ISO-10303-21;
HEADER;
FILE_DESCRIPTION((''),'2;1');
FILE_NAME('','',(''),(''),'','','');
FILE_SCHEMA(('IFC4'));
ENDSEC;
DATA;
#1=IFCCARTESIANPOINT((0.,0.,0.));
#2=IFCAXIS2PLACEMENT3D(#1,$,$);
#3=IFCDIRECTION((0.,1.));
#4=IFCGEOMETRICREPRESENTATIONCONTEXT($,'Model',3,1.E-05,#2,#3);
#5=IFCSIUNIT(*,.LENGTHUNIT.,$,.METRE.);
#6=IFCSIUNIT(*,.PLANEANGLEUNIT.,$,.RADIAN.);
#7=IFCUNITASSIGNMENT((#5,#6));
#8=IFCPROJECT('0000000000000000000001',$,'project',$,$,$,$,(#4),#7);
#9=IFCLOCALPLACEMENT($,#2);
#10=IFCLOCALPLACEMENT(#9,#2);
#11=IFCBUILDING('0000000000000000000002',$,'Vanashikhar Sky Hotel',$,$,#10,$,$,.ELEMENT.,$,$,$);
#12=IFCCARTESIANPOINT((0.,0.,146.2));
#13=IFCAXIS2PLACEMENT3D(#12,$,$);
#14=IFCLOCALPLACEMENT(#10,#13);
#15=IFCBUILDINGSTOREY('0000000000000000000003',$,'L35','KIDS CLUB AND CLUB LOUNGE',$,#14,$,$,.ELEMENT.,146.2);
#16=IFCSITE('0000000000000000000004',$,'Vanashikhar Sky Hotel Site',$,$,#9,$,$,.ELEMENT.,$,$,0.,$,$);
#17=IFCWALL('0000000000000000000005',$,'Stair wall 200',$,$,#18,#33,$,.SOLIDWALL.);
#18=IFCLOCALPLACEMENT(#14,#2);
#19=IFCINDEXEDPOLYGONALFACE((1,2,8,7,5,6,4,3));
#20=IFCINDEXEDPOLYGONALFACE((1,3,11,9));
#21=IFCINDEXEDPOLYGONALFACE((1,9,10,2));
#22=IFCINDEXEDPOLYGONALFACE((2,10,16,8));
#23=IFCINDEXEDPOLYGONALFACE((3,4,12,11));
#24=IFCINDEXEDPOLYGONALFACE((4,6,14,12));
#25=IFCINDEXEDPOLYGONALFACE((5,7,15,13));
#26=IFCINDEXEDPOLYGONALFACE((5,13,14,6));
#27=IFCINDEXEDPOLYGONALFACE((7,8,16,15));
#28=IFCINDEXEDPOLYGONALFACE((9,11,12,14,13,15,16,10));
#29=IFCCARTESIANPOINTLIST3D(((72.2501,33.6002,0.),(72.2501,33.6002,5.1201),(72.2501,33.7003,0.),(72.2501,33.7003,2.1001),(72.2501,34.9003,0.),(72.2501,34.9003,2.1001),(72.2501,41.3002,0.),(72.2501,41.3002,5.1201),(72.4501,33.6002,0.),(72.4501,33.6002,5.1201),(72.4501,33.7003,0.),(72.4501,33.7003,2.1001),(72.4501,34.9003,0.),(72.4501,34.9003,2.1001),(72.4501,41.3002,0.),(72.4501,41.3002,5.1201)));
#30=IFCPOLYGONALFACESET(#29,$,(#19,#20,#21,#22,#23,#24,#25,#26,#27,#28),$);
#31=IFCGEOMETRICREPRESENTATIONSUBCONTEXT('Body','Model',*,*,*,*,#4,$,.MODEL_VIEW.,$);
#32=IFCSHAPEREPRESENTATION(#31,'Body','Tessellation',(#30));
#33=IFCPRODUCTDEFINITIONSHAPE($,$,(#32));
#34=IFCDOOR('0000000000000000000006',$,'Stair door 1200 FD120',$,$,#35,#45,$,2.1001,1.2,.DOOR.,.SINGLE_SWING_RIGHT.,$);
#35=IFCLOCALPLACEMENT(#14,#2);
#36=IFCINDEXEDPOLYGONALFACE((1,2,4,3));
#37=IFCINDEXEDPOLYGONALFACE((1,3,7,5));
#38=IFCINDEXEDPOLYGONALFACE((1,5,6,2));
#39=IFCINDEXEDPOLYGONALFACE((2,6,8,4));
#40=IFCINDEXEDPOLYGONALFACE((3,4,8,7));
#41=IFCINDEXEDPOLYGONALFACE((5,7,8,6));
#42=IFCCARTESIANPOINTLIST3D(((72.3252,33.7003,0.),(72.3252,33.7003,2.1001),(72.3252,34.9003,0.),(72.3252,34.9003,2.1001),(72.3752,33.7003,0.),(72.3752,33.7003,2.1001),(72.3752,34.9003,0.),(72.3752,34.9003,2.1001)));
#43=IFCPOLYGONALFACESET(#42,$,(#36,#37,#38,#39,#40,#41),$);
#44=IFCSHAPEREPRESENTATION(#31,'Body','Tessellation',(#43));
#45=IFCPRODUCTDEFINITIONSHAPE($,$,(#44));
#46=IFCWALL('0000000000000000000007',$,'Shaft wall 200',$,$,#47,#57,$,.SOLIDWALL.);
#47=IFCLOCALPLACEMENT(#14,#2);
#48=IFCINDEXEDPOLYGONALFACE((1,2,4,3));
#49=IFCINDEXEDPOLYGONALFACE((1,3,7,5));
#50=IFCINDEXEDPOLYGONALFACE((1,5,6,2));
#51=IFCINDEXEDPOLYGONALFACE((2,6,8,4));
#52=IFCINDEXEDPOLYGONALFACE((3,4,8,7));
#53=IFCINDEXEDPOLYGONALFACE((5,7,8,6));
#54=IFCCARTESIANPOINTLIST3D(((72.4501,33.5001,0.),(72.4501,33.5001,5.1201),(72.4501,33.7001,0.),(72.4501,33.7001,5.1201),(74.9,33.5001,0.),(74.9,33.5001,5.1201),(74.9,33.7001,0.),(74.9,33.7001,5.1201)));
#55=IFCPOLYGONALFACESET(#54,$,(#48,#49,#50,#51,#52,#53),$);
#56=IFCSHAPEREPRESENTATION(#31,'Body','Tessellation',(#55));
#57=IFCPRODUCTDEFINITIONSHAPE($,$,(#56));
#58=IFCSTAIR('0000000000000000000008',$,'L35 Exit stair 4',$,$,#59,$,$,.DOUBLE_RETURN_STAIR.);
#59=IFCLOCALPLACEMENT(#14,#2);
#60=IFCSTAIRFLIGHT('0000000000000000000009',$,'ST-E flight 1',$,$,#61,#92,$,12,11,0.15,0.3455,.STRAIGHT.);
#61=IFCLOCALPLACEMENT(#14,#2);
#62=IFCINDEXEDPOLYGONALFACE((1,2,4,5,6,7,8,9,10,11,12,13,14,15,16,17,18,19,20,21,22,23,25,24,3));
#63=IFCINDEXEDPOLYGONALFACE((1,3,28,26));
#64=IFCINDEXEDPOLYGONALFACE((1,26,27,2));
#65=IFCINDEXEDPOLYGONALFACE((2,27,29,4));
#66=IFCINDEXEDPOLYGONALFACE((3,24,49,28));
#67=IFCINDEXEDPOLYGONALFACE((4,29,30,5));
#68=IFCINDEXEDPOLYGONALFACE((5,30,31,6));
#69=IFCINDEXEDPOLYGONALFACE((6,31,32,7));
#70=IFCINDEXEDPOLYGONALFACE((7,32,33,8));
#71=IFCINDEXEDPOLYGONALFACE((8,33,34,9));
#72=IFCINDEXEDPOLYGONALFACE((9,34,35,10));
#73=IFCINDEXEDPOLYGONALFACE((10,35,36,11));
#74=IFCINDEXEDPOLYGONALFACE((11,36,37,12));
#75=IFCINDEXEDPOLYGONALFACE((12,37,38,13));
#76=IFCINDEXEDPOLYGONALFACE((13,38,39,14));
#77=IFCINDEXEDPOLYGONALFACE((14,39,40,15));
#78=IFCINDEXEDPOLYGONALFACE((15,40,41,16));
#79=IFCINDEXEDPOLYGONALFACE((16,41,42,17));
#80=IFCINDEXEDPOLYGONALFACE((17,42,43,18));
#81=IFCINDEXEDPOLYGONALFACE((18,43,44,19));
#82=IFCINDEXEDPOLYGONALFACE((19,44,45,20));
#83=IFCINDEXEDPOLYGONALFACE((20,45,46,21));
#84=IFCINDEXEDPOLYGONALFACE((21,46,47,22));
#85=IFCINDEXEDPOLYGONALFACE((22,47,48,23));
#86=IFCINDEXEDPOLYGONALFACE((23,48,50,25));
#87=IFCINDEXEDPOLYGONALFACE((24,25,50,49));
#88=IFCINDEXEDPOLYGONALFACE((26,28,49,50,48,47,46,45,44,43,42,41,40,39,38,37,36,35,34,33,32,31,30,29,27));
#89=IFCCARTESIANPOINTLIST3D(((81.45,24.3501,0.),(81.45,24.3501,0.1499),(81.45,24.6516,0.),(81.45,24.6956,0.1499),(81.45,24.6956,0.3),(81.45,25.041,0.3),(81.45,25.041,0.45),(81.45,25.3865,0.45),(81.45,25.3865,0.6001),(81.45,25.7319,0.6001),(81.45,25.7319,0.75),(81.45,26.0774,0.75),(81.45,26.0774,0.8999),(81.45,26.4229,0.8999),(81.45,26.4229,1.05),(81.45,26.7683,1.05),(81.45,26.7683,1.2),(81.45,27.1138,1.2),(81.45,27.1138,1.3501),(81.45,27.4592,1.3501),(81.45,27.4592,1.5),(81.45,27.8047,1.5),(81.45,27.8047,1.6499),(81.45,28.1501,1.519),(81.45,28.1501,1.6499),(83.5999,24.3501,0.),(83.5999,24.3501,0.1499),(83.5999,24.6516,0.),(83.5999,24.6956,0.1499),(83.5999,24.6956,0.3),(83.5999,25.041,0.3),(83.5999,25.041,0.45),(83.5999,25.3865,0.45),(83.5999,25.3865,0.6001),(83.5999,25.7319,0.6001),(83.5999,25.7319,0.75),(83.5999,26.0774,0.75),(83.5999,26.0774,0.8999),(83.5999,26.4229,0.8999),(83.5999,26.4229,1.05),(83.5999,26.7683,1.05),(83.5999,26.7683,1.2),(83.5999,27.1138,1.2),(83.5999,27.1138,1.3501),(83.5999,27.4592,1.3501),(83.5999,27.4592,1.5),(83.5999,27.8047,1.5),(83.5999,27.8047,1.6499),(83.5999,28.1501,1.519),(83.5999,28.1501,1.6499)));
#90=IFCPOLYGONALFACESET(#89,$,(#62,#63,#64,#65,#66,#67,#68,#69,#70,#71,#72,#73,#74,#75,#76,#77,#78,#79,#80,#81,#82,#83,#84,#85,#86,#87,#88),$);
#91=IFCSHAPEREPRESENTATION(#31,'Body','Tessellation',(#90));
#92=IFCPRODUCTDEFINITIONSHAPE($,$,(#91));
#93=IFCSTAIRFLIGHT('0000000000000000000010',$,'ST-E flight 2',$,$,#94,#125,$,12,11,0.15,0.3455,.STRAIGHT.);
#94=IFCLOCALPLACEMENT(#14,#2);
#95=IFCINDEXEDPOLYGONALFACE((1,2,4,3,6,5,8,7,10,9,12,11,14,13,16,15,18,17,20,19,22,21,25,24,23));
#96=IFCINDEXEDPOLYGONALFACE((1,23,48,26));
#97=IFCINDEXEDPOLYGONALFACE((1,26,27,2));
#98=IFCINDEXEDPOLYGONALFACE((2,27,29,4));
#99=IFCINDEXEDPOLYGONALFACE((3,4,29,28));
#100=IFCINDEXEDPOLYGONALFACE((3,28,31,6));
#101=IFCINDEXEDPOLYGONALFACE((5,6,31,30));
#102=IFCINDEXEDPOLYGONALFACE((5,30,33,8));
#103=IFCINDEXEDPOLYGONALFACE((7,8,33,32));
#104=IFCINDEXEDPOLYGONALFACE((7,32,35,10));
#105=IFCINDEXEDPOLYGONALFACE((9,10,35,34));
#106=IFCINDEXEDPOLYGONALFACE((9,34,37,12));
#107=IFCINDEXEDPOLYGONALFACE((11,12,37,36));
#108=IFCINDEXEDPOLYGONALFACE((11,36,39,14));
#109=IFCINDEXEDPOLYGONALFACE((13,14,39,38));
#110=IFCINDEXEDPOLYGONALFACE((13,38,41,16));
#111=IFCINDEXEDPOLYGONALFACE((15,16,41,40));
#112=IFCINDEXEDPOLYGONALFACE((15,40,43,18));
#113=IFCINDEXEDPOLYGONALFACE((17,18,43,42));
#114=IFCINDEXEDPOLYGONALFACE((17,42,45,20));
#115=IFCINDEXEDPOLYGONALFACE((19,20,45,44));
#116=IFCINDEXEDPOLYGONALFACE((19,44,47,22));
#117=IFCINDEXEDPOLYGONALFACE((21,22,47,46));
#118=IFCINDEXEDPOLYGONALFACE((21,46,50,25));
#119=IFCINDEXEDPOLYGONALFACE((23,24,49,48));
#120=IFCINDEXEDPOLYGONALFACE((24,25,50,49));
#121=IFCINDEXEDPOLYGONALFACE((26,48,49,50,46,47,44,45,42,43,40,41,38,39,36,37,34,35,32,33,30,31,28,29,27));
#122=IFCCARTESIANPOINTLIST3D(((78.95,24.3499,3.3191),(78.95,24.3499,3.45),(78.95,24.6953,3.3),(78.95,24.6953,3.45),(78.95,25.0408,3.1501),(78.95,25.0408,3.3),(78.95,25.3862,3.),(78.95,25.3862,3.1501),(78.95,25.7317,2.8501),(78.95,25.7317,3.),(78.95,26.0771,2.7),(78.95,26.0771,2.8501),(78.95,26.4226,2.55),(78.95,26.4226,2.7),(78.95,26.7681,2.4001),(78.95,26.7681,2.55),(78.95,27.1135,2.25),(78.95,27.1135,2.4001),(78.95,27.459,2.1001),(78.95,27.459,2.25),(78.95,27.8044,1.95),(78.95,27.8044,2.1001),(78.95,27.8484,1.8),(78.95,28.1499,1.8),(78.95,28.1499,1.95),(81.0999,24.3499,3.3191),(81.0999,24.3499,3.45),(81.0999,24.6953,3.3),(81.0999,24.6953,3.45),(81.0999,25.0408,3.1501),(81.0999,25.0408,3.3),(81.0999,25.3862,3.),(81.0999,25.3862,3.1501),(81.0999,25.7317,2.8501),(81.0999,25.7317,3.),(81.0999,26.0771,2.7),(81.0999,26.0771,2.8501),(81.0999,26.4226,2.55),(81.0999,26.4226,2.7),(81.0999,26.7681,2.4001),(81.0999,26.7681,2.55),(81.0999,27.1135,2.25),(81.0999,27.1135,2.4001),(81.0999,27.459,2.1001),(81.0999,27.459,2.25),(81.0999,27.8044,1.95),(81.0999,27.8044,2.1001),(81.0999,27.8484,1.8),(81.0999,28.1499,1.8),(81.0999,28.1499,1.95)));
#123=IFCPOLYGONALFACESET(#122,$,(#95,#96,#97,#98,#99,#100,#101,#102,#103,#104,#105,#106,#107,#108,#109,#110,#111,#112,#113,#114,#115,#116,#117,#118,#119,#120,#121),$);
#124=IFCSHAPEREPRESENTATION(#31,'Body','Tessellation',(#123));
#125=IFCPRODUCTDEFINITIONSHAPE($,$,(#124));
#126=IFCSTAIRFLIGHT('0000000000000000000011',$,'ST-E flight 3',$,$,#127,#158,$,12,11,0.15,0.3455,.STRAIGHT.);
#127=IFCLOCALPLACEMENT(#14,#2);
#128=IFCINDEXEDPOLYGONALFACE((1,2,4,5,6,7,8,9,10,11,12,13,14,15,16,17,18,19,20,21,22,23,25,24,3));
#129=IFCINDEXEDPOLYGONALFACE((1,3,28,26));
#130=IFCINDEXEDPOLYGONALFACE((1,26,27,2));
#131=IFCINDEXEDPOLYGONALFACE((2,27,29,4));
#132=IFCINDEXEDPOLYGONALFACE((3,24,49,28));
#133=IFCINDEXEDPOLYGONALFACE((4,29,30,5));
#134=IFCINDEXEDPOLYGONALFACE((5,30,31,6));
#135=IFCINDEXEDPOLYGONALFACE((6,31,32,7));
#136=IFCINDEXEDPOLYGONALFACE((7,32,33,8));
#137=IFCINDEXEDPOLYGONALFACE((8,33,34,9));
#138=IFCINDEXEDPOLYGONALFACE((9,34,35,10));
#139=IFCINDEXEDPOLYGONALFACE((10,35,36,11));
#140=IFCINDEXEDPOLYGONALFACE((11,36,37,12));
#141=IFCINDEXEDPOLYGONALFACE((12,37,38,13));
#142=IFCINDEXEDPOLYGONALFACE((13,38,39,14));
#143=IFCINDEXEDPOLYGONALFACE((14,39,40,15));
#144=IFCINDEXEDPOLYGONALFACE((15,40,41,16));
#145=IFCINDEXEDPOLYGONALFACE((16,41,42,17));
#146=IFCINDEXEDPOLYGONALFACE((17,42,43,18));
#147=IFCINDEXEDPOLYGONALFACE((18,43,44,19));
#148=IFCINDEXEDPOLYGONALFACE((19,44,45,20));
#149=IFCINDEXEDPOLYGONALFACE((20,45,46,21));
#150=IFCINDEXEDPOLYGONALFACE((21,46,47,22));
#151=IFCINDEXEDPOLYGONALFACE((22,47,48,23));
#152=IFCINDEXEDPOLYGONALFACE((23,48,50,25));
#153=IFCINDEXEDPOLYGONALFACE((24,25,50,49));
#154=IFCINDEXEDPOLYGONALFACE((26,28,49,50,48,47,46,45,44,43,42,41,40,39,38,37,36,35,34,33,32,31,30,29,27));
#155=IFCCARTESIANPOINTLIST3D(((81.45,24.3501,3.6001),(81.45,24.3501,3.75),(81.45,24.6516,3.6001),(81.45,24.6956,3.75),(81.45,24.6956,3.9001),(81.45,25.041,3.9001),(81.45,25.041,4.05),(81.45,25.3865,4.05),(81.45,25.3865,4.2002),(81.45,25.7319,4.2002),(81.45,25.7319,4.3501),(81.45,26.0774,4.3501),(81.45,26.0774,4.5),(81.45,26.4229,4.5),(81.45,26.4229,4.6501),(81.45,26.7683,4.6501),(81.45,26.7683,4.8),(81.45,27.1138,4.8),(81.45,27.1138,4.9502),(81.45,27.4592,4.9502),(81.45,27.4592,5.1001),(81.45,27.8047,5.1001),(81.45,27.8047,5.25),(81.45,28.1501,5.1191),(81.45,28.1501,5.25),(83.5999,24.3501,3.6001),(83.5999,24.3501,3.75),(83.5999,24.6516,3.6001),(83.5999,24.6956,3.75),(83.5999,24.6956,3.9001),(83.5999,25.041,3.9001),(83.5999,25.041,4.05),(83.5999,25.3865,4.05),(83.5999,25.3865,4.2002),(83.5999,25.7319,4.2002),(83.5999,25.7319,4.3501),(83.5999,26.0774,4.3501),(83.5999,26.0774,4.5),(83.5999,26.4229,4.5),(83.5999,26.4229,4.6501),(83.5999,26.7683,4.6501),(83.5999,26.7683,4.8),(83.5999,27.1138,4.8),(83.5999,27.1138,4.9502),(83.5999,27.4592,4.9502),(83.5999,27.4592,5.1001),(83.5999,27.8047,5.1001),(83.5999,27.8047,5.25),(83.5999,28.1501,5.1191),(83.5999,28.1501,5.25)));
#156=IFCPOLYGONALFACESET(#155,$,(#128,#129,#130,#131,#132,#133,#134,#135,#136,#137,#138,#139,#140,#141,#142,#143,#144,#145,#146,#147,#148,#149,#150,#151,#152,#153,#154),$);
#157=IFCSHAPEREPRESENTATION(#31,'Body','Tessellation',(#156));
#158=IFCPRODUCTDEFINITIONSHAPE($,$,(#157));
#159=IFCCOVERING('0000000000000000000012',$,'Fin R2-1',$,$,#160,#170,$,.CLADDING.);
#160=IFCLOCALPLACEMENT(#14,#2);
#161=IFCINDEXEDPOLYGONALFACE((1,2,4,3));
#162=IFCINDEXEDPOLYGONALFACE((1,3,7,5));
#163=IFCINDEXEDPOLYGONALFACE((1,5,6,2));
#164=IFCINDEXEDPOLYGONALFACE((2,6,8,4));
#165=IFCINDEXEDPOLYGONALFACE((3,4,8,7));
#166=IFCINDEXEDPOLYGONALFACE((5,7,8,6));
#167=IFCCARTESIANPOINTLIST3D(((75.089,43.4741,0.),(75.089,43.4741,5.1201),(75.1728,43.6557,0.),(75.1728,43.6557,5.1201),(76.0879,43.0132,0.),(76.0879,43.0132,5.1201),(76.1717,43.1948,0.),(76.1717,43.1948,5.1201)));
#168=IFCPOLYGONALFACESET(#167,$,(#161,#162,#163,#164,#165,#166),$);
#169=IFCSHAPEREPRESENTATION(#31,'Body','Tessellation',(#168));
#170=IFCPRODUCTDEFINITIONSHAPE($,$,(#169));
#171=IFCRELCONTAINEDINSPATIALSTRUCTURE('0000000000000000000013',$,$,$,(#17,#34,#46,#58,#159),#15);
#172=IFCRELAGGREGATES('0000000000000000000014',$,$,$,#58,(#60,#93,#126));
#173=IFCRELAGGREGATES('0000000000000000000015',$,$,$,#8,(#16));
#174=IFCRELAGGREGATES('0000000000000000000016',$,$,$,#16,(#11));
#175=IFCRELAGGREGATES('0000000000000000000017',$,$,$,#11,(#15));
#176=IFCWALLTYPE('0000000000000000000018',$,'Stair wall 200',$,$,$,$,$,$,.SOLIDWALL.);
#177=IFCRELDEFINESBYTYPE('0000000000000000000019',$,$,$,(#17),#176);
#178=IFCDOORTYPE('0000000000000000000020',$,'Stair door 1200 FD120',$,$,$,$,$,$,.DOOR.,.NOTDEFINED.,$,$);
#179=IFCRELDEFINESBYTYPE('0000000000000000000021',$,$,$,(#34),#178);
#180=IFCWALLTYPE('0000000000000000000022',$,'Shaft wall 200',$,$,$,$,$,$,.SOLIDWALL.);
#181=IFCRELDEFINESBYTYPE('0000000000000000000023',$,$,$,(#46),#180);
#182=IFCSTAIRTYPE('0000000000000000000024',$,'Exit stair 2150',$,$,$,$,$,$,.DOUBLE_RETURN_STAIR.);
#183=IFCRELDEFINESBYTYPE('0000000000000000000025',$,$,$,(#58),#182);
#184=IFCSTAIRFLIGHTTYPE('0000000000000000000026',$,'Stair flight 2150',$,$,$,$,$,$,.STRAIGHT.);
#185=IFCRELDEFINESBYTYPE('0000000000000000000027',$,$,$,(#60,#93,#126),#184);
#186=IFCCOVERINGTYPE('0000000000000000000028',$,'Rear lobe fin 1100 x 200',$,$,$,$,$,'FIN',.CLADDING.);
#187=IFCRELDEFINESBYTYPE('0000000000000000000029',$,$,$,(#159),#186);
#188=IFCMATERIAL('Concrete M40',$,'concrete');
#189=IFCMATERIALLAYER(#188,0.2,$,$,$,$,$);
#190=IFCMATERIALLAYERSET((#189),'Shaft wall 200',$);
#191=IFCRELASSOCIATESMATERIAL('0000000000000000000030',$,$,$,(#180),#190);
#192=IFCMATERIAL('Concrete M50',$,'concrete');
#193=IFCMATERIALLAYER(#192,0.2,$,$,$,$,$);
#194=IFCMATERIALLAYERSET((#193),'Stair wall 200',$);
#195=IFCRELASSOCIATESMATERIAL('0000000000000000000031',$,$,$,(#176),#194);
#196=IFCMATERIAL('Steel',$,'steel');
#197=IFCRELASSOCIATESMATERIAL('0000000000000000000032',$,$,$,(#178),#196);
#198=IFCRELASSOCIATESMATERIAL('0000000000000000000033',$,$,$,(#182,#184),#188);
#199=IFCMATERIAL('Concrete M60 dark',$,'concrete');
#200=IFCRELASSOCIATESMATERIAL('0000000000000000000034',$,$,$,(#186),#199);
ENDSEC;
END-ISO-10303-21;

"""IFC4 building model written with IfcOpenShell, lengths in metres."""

from ifc_helpers import new_model, si_unit, direction, frame, frame_2d, origin, origin_2d, place, context, subcontext, project, spatial, polyline, rectangle, outline, extrude, source, transform, mapped, material, layer, layer_set, material_profile, profile_set, type_object, element, fill, aggregate, save


model = new_model("IFC4")

# Units and contexts
model_context = context("Model", 3, precision=1e-05, world=origin(), true_north=direction((0.0, 1.0)))
body_context = subcontext(model_context, "Body", "Model", "MODEL_VIEW")
ifc_project = project(units=[si_unit("LENGTHUNIT", "METRE"), si_unit("PLANEANGLEUNIT", "RADIAN")], contexts=[model_context])

# Site, building, storey
site_placement = place(None, origin())
site = spatial("IfcSite", under=ifc_project, at=site_placement, Name="Vanashikhar Sky Hotel Site", CompositionType="ELEMENT", RefElevation=0.0)
building_placement = place(site_placement, origin())
building = spatial("IfcBuilding", under=site, at=building_placement, Name="Vanashikhar Sky Hotel", CompositionType="ELEMENT")
storey_placement = place(building_placement, frame((0.0, 0.0, 146.2)))
storey = spatial("IfcBuildingStorey", under=building, at=storey_placement, Name="L35", Description="KIDS CLUB AND CLUB LOUNGE", CompositionType="ELEMENT", Elevation=146.2)

# Shared definitions
ifc_material_1 = material(Name="Concrete M50", Category="concrete")

# Shared definitions
ifc_material_2 = material(Name="Concrete M40", Category="concrete")
ifc_layer_1 = layer(ifc_material_2, 0.2)
ifc_layer_set_1 = layer_set([ifc_layer_1], Name="Shaft wall 200")
wall_type_1 = type_object("IfcWallType", Name="Shaft wall 200", PredefinedType="SOLIDWALL", material=ifc_layer_set_1)

# Wall, opening, door
ifc_layer_2 = layer(ifc_material_1, 0.2)
ifc_layer_set_2 = layer_set([ifc_layer_2], Name="Stair wall 200")
wall_type_2 = type_object("IfcWallType", Name="Stair wall 200", PredefinedType="SOLIDWALL", material=ifc_layer_set_2)
shared_shape_1 = source(origin(), body_context, "Body", "SweptSolid", [
    extrude(rectangle(XDim=7.7, YDim=0.2, at=frame_2d((3.8501, 0.0))), origin(), (0.0, 0.0, 1.0), 5.1201),
])
wall_1_placement = place(storey_placement, frame((72.3501, 33.6001, 0.0), z_axis=(0.0, 0.0, 1.0), x_axis=(0.0, 1.0, 0.0)))
wall_1 = element("IfcWall", 1, at=wall_1_placement, inside=storey, type_object=wall_type_2, Name="Stair wall 200", PredefinedType="SOLIDWALL", context=body_context, shape_type="MappedRepresentation", body=[
    mapped(shared_shape_1, transform((0.0, 0.0, 0.0), scale=1.0)),
])
shared_shape_2 = source(origin(), body_context, "Body", "SweptSolid", [
    extrude(rectangle(XDim=1.2, YDim=2.1001, at=frame_2d((0.6001, 1.05))), frame((0.0, 0.1099, 0.0), z_axis=(0.0, -1.0, 0.0), x_axis=(1.0, 0.0, 0.0)), (0.0, 0.0, 1.0), 0.22),
])
opening_1_placement = place(wall_1_placement, frame((0.1001, 0.0, 0.0)))
opening_1 = element("IfcOpeningElement", 2, at=opening_1_placement, cuts=wall_1, PredefinedType="OPENING", context=body_context, shape_type="MappedRepresentation", body=[
    mapped(shared_shape_2, transform((0.0, 0.0, 0.0), scale=1.0)),
])
ifc_material_3 = material(Name="Steel", Category="steel")
door_type = type_object("IfcDoorType", Name="Stair door 1200 FD120", OperationType="NOTDEFINED", PredefinedType="DOOR", material=ifc_material_3)
shared_shape_3 = source(origin(), body_context, "Body", "SweptSolid", [
    extrude(rectangle(XDim=1.2, YDim=2.1001, at=frame_2d((0.6001, 1.05))), frame((0.0, 0.0249, 0.0), z_axis=(0.0, -1.0, 0.0), x_axis=(1.0, 0.0, 0.0)), (0.0, 0.0, 1.0), 0.05),
])
door_placement = place(opening_1_placement, origin())
door = element("IfcDoor", 3, at=door_placement, inside=storey, type_object=door_type, Name="Stair door 1200 FD120", OperationType="SINGLE_SWING_RIGHT", OverallHeight=2.1001, OverallWidth=1.2, PredefinedType="DOOR", context=body_context, shape_type="MappedRepresentation", body=[
    mapped(shared_shape_3, transform((0.0, 0.0, 0.0), scale=1.0)),
])
fill(opening_1, door)

# Wall
shared_shape_4 = source(origin(), body_context, "Body", "SweptSolid", [
    extrude(rectangle(XDim=2.45, YDim=0.2, at=frame_2d((1.2251, 0.0))), origin(), (0.0, 0.0, 1.0), 5.1201),
])
wall_2_placement = place(storey_placement, frame((72.45, 33.6001, 0.0), z_axis=(0.0, 0.0, 1.0), x_axis=(1.0, 0.0, 0.0)))
element("IfcWall", 4, at=wall_2_placement, inside=storey, type_object=wall_type_1, Name="Shaft wall 200", PredefinedType="SOLIDWALL", context=body_context, shape_type="MappedRepresentation", body=[
    mapped(shared_shape_4, transform((0.0, 0.0, 0.0), scale=1.0)),
])

# Stair, stair flights
stair_type = type_object("IfcStairType", Name="Exit stair 2150", PredefinedType="DOUBLE_RETURN_STAIR", material=ifc_material_2)
stair_placement = place(storey_placement, origin())
stair = element("IfcStair", 5, at=stair_placement, inside=storey, type_object=stair_type, Name="L35 Exit stair 4", PredefinedType="DOUBLE_RETURN_STAIR")
stair_flight_type = type_object("IfcStairFlightType", Name="Stair flight 2150", PredefinedType="STRAIGHT", material=ifc_material_2)
shared_shape_5 = source(origin(), body_context, "Body", "SweptSolid", [
    extrude(outline(polyline([(0.0, 0.0), (0.0, 0.1499), (0.3455, 0.1499), (0.3455, 0.3), (0.6909, 0.3), (0.6909, 0.45), (1.0364, 0.45), (1.0364, 0.6001), (1.3818, 0.6001), (1.3818, 0.75), (1.7273, 0.75), (1.7273, 0.8999), (2.0728, 0.8999), (2.0728, 1.05), (2.4182, 1.05), (2.4182, 1.2), (2.7637, 1.2), (2.7637, 1.3501), (3.1091, 1.3501), (3.1091, 1.5), (3.4546, 1.5), (3.4546, 1.6499), (3.8, 1.6499), (3.8, 1.8), (3.8, 1.519), (0.3015, 0.0), (0.0, 0.0)])), frame((0.0, 1.075, 0.0), z_axis=(0.0, -1.0, 0.0), x_axis=(1.0, 0.0, 0.0)), (0.0, 0.0, 1.0), 2.1499),
])
stair_flight_1_placement = place(storey_placement, frame((82.5249, 24.3501, 0.0), z_axis=(0.0, 0.0, 1.0), x_axis=(0.0, 1.0, 0.0)))
stair_flight_1 = element("IfcStairFlight", 6, at=stair_flight_1_placement, type_object=stair_flight_type, Name="ST-E flight 1", NumberOfRisers=12, NumberOfTreads=11, PredefinedType="STRAIGHT", RiserHeight=0.15, TreadLength=0.3455, context=body_context, shape_type="MappedRepresentation", body=[
    mapped(shared_shape_5, transform((0.0, 0.0, 0.0), scale=1.0)),
])
stair_flight_2_placement = place(storey_placement, frame((80.0249, 28.1499, 1.8), z_axis=(0.0, 0.0, 1.0), x_axis=(0.0, -1.0, 0.0)))
stair_flight_2 = element("IfcStairFlight", 7, at=stair_flight_2_placement, type_object=stair_flight_type, Name="ST-E flight 2", NumberOfRisers=12, NumberOfTreads=11, PredefinedType="STRAIGHT", RiserHeight=0.15, TreadLength=0.3455, context=body_context, shape_type="MappedRepresentation", body=[
    mapped(shared_shape_5, transform((0.0, 0.0, 0.0), scale=1.0)),
])
stair_flight_3_placement = place(storey_placement, frame((82.5249, 24.3501, 3.6001), z_axis=(0.0, 0.0, 1.0), x_axis=(0.0, 1.0, 0.0)))
stair_flight_3 = element("IfcStairFlight", 8, at=stair_flight_3_placement, type_object=stair_flight_type, Name="ST-E flight 3", NumberOfRisers=12, NumberOfTreads=11, PredefinedType="STRAIGHT", RiserHeight=0.15, TreadLength=0.3455, context=body_context, shape_type="MappedRepresentation", body=[
    mapped(shared_shape_5, transform((0.0, 0.0, 0.0), scale=1.0)),
])
aggregate(stair, [stair_flight_1, stair_flight_2, stair_flight_3])

# Covering
ifc_material_4 = material(Name="Concrete M60 dark", Category="concrete")
ifc_material_profile_1 = material_profile(ifc_material_4, rectangle(XDim=1.1001, YDim=0.2, at=origin_2d()))
ifc_profile_set_1 = profile_set([ifc_material_profile_1], Name="Rear lobe fin 1100 x 200")
covering_type = type_object("IfcCoveringType", Name="Rear lobe fin 1100 x 200", ElementType="FIN", PredefinedType="CLADDING", material=ifc_profile_set_1)
shared_shape_6 = source(origin(), body_context, "Body", "SweptSolid", [
    extrude(rectangle(XDim=1.1001, YDim=0.2, at=origin_2d()), origin(), (0.0, 0.0, 1.0), 5.1201),
])
for number, where, z_axis, x_axis, name in (
    (9, (75.6304, 43.3345, 0.0), (0.0, 0.0, 1.0), (-0.908004, 0.418961, 0.0), "Fin R2-1"),
):
    element("IfcCovering", number, at=place(storey_placement, frame(where, z_axis=z_axis, x_axis=x_axis)), inside=storey, type_object=covering_type, Name=name, PredefinedType="CLADDING", context=body_context, shape_type="MappedRepresentation", body=[
        mapped(shared_shape_6, transform((0.0, 0.0, 0.0), scale=1.0)),
    ])

save(model, "model.ifc")
